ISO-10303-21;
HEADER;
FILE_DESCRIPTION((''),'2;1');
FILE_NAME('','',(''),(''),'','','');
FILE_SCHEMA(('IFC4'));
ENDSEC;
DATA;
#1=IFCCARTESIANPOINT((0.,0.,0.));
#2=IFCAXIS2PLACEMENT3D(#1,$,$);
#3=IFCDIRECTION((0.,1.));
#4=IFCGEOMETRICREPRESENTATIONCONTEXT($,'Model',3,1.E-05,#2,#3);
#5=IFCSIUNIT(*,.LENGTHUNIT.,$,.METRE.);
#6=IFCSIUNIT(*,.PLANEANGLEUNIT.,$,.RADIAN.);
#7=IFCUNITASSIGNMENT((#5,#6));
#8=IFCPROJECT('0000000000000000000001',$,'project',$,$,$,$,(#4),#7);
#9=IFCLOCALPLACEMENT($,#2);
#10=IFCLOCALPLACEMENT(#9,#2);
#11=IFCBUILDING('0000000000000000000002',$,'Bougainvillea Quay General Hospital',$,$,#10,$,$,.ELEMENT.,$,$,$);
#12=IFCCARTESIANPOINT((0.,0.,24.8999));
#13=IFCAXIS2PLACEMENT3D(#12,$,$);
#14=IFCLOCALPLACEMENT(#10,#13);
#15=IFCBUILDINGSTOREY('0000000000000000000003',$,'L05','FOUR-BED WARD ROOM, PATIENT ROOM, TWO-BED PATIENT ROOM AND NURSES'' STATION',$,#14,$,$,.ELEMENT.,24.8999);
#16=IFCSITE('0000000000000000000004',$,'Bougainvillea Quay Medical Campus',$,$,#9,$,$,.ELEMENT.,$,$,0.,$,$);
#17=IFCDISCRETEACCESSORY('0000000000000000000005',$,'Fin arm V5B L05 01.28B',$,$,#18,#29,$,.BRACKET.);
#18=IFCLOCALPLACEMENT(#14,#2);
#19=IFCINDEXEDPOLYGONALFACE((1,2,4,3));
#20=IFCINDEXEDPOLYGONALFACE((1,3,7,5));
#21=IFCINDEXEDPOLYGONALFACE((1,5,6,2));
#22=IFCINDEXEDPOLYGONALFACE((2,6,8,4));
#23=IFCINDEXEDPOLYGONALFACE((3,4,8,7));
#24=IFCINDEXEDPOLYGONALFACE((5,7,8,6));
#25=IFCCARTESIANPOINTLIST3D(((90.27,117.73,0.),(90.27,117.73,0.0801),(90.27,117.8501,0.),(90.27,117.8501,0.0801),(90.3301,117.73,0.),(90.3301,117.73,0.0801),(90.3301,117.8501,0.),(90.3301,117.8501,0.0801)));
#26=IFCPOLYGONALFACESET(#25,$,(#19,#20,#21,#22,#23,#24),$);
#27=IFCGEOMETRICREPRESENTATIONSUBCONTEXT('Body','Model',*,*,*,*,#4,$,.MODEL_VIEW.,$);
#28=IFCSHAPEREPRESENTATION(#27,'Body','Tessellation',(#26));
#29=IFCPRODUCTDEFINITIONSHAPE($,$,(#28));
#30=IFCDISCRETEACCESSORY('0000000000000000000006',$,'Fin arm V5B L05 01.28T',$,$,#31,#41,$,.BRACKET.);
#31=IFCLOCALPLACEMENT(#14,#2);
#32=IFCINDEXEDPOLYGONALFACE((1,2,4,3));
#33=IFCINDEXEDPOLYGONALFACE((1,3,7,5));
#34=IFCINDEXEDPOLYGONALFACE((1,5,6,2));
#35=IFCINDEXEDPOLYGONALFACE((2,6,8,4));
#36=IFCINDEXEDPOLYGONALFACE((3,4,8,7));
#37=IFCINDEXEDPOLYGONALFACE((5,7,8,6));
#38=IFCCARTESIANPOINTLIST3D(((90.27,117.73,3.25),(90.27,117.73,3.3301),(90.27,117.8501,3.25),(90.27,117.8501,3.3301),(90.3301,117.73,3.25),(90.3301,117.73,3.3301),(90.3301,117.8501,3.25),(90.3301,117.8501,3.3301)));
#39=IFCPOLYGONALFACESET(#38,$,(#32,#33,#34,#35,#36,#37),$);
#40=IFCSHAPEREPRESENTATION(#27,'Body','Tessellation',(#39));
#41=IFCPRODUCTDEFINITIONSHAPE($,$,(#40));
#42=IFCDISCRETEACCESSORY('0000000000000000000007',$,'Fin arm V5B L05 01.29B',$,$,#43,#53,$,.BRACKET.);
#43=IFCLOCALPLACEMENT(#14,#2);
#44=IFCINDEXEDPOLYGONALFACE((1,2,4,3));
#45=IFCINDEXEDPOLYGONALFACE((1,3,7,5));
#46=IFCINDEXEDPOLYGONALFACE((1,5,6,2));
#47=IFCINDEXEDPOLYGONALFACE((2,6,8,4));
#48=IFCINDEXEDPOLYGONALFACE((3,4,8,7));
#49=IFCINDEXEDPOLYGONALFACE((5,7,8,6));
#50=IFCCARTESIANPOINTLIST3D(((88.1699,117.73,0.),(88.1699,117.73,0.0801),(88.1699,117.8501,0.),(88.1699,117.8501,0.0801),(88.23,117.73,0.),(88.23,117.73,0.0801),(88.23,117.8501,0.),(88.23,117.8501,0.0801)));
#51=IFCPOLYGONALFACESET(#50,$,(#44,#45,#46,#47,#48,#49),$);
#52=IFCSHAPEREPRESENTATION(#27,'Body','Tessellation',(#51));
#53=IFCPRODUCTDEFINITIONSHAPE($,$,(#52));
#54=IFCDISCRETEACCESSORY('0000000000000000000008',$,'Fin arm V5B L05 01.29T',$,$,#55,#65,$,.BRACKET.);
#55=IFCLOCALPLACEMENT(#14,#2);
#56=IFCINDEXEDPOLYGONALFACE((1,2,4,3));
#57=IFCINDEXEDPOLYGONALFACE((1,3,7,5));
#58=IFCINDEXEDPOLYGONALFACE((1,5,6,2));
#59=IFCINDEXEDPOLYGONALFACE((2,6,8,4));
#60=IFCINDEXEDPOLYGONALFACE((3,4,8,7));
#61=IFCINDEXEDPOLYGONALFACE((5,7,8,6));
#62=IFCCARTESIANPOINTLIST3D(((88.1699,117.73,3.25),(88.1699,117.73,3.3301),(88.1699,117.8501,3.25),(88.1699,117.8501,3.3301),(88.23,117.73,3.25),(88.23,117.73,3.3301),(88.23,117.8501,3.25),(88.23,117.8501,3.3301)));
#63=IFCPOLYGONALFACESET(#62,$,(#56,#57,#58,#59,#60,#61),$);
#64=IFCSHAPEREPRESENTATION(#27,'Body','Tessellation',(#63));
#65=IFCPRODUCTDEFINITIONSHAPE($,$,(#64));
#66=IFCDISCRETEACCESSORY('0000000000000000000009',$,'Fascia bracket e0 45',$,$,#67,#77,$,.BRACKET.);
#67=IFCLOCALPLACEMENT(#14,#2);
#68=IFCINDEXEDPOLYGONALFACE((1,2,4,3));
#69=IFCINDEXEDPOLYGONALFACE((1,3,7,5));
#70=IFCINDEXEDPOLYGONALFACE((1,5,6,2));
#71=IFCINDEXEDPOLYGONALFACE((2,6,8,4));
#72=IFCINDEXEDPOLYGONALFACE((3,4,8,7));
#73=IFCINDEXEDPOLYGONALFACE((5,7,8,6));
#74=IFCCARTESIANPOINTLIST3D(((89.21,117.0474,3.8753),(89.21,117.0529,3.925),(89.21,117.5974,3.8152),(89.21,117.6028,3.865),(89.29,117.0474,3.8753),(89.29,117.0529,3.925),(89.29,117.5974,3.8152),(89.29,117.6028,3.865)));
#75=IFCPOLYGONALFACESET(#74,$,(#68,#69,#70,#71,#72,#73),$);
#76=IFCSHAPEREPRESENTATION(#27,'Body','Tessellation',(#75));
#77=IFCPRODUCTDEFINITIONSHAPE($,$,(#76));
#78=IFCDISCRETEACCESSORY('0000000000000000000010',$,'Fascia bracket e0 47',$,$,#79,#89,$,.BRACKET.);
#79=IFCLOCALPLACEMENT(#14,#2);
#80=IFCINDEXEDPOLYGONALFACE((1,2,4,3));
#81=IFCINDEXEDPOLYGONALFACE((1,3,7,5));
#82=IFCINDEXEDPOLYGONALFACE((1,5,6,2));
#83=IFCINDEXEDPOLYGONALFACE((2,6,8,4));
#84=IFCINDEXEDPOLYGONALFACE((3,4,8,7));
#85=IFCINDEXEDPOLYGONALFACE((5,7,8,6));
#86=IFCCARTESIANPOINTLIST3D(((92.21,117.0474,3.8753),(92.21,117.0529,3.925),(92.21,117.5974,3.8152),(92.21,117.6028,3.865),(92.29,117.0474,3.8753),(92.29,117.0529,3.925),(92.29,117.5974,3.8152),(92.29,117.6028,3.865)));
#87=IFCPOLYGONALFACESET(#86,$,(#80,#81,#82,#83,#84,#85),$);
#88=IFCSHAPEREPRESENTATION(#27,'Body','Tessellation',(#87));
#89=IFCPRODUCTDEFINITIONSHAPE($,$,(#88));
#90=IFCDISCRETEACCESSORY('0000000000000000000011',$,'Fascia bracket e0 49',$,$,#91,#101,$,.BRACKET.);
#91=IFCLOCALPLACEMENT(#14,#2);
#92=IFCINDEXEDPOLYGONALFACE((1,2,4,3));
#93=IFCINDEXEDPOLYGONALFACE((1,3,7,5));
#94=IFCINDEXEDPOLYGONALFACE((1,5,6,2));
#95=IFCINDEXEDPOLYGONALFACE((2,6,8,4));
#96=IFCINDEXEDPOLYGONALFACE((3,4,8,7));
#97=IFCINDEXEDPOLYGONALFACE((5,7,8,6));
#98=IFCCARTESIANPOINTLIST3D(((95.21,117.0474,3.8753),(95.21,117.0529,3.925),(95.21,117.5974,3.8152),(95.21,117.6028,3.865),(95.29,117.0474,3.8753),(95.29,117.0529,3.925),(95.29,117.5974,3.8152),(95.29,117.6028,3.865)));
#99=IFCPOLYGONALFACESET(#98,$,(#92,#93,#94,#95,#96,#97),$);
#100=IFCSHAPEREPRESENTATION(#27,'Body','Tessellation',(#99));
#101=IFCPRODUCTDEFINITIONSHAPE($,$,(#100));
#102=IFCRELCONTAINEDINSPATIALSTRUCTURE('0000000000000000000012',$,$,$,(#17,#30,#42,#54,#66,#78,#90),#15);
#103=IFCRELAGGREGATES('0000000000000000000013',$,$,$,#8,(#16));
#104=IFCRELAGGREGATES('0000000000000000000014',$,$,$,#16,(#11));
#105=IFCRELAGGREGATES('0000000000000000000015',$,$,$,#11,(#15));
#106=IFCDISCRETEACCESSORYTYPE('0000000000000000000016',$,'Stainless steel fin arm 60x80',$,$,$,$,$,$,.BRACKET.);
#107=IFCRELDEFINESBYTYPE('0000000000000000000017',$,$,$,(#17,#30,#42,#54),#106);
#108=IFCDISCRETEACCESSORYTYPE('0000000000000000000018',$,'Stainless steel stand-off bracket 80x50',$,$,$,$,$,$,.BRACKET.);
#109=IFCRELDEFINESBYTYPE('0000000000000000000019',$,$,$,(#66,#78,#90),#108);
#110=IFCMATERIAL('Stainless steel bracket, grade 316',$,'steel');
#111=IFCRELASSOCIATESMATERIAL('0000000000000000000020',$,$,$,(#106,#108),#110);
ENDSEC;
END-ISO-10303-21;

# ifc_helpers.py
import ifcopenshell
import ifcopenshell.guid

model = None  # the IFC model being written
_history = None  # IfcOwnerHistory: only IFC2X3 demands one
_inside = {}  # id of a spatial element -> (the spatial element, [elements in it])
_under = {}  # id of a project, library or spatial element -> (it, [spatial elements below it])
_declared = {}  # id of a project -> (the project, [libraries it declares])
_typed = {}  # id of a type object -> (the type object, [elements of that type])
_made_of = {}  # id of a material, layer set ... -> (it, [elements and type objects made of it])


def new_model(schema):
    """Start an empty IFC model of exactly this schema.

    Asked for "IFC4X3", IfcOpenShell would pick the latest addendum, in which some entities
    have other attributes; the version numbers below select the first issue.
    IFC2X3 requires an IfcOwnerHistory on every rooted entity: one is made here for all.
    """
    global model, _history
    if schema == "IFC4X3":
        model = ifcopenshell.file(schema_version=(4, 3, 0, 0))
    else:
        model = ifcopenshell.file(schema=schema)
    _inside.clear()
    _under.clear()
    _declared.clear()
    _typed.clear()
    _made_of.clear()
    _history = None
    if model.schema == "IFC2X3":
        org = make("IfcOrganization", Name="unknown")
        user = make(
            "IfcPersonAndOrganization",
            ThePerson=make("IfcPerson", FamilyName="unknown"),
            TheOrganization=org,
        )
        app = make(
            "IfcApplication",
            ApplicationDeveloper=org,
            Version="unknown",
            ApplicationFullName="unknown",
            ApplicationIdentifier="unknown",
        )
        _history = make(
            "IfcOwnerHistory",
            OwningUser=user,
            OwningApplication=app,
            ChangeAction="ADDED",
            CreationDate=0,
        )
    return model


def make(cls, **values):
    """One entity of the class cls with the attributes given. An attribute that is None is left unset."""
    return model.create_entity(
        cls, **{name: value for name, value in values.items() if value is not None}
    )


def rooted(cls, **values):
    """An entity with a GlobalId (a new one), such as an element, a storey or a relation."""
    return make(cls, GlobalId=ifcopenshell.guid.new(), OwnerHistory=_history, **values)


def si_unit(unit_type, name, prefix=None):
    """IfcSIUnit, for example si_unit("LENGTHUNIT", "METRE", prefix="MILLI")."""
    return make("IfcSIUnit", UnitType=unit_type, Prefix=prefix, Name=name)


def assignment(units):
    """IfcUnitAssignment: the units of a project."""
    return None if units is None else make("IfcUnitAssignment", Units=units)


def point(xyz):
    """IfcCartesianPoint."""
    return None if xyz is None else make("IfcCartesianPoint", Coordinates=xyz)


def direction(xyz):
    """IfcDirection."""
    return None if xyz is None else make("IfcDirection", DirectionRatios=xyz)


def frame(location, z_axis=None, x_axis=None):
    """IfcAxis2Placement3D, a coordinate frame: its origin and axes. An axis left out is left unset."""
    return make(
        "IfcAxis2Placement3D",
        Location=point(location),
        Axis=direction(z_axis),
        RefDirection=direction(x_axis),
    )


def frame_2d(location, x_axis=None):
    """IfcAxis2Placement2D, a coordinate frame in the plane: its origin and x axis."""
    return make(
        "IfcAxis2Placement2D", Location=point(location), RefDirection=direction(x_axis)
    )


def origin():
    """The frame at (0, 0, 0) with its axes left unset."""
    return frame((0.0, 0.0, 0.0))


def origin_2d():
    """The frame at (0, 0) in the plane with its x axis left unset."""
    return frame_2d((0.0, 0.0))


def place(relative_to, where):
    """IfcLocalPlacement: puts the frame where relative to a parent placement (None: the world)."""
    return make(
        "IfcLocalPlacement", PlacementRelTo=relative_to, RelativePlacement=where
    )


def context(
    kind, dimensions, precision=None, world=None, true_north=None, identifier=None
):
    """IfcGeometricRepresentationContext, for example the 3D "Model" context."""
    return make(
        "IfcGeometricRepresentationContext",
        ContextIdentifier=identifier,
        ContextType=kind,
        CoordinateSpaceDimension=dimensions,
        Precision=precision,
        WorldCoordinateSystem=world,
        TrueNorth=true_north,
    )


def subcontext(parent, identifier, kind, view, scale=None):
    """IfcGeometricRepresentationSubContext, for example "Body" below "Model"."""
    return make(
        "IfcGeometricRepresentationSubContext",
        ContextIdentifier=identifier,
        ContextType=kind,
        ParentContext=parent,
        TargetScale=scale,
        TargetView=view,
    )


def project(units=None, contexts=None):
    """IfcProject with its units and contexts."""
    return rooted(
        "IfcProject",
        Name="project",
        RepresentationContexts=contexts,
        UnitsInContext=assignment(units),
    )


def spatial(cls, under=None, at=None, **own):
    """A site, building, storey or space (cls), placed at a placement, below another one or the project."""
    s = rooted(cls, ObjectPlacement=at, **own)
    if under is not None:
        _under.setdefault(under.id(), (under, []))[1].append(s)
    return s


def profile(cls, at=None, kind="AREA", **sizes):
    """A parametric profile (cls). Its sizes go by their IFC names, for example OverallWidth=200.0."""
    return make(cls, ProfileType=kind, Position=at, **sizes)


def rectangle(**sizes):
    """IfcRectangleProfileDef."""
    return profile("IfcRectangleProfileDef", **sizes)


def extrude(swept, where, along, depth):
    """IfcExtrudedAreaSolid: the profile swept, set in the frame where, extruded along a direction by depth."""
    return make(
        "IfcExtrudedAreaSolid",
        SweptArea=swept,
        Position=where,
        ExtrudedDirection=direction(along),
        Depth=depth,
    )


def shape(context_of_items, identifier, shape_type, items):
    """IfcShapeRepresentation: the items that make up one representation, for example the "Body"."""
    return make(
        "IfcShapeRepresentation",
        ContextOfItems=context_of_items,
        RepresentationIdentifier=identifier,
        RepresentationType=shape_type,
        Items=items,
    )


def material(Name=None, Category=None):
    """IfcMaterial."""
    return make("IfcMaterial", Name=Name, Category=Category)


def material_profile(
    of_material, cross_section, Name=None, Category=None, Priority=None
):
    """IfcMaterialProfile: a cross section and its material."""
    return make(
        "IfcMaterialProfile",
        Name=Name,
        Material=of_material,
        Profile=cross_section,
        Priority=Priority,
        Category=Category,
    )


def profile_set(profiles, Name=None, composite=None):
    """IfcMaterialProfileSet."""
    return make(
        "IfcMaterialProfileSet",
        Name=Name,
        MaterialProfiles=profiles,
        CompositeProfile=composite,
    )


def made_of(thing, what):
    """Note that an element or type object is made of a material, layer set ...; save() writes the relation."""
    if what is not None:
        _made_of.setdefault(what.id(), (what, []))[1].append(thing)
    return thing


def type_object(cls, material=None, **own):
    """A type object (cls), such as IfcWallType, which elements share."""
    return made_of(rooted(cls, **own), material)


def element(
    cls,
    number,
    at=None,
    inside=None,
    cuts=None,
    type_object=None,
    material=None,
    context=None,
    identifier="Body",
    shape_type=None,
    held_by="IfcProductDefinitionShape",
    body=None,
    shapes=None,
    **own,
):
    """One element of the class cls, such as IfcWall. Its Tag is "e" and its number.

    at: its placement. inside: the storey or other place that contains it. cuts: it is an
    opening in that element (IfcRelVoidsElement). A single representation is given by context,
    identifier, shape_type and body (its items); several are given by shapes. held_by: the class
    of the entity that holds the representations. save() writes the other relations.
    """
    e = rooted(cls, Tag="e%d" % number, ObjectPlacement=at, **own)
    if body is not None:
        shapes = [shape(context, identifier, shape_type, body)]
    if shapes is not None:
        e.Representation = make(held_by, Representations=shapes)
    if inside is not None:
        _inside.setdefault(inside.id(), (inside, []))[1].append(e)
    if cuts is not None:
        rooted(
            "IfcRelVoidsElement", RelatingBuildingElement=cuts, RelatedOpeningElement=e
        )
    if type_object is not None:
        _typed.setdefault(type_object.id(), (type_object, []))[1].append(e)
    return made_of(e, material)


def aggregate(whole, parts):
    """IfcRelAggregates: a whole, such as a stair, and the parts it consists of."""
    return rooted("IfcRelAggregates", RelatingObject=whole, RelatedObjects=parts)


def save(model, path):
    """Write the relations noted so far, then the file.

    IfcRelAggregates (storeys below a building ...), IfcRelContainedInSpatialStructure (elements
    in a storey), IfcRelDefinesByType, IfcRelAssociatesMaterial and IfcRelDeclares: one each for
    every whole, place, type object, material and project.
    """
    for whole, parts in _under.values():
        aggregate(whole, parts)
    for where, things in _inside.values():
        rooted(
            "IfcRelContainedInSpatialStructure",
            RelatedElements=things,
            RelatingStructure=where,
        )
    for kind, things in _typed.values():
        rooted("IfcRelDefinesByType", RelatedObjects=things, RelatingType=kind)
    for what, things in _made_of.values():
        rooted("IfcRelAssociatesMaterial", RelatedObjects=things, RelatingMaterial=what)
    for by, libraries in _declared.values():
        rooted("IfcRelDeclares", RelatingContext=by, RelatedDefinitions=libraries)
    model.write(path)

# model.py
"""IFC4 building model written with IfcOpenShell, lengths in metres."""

from ifc_helpers import new_model, si_unit, direction, frame, origin, origin_2d, place, context, subcontext, project, spatial, rectangle, extrude, material, material_profile, profile_set, type_object, element, save


model = new_model("IFC4")

# Units and contexts
model_context = context("Model", 3, precision=1e-05, world=origin(), true_north=direction((0.0, 1.0)))
body_context = subcontext(model_context, "Body", "Model", "MODEL_VIEW")
ifc_project = project(units=[si_unit("LENGTHUNIT", "METRE"), si_unit("PLANEANGLEUNIT", "RADIAN")], contexts=[model_context])

# Site, building, storey
site_placement = place(None, origin())
site = spatial("IfcSite", under=ifc_project, at=site_placement, Name="Bougainvillea Quay Medical Campus", CompositionType="ELEMENT", RefElevation=0.0)
building_placement = place(site_placement, origin())
building = spatial("IfcBuilding", under=site, at=building_placement, Name="Bougainvillea Quay General Hospital", CompositionType="ELEMENT")
storey_placement = place(building_placement, frame((0.0, 0.0, 24.8999)))
storey = spatial("IfcBuildingStorey", under=building, at=storey_placement, Name="L05", Description="FOUR-BED WARD ROOM, PATIENT ROOM, TWO-BED PATIENT ROOM AND NURSES' STATION", CompositionType="ELEMENT", Elevation=24.8999)

# Discrete accessories
ifc_material_1 = material(Name="Stainless steel bracket, grade 316", Category="steel")
discrete_accessory_type_1 = type_object("IfcDiscreteAccessoryType", Name="Stainless steel fin arm 60x80", PredefinedType="BRACKET", material=ifc_material_1)
for number, where, z_axis, x_axis, name in (
    (1, (90.3, 117.79, 0.0), (0.0, 0.0, 1.0), (0.0, -1.0, 0.0), "Fin arm V5B L05 01.28B"),
    (2, (90.3, 117.79, 3.25), (0.0, 0.0, 1.0), (0.0, -1.0, 0.0), "Fin arm V5B L05 01.28T"),
    (3, (88.2, 117.79, 0.0), (0.0, 0.0, 1.0), (0.0, -1.0, 0.0), "Fin arm V5B L05 01.29B"),
    (4, (88.2, 117.79, 3.25), (0.0, 0.0, 1.0), (0.0, -1.0, 0.0), "Fin arm V5B L05 01.29T"),
):
    element("IfcDiscreteAccessory", number, at=place(storey_placement, frame(where, z_axis=z_axis, x_axis=x_axis)), inside=storey, type_object=discrete_accessory_type_1, Name=name, PredefinedType="BRACKET", context=body_context, shape_type="SweptSolid", body=[
        extrude(rectangle(XDim=0.1201, YDim=0.0601, at=origin_2d()), origin(), (0.0, 0.0, 1.0), 0.0801),
    ])
ifc_material_profile_1 = material_profile(ifc_material_1, rectangle(XDim=0.0801, YDim=0.05, at=origin_2d()))
ifc_profile_set_1 = profile_set([ifc_material_profile_1], Name="Stainless steel bracket, grade 316")
discrete_accessory_type_2 = type_object("IfcDiscreteAccessoryType", Name="Stainless steel stand-off bracket 80x50", PredefinedType="BRACKET", material=ifc_profile_set_1)
for number, where, z_axis, x_axis, name in (
    (5, (89.25, 117.6001, 3.8401), (0.0, -0.994092, 0.108543), (1.0, 0.0, 0.0), "Fascia bracket e0 45"),
    (6, (92.25, 117.6001, 3.8401), (0.0, -0.994092, 0.108543), (1.0, 0.0, 0.0), "Fascia bracket e0 47"),
    (7, (95.25, 117.6001, 3.8401), (0.0, -0.994092, 0.108543), (1.0, 0.0, 0.0), "Fascia bracket e0 49"),
):
    element("IfcDiscreteAccessory", number, at=place(storey_placement, frame(where, z_axis=z_axis, x_axis=x_axis)), inside=storey, type_object=discrete_accessory_type_2, Name=name, PredefinedType="BRACKET", context=body_context, shape_type="SweptSolid", body=[
        extrude(rectangle(XDim=0.0801, YDim=0.05, at=origin_2d()), origin(), (0.0, 0.0, 1.0), 0.5532),
    ])

save(model, "model.ifc")
